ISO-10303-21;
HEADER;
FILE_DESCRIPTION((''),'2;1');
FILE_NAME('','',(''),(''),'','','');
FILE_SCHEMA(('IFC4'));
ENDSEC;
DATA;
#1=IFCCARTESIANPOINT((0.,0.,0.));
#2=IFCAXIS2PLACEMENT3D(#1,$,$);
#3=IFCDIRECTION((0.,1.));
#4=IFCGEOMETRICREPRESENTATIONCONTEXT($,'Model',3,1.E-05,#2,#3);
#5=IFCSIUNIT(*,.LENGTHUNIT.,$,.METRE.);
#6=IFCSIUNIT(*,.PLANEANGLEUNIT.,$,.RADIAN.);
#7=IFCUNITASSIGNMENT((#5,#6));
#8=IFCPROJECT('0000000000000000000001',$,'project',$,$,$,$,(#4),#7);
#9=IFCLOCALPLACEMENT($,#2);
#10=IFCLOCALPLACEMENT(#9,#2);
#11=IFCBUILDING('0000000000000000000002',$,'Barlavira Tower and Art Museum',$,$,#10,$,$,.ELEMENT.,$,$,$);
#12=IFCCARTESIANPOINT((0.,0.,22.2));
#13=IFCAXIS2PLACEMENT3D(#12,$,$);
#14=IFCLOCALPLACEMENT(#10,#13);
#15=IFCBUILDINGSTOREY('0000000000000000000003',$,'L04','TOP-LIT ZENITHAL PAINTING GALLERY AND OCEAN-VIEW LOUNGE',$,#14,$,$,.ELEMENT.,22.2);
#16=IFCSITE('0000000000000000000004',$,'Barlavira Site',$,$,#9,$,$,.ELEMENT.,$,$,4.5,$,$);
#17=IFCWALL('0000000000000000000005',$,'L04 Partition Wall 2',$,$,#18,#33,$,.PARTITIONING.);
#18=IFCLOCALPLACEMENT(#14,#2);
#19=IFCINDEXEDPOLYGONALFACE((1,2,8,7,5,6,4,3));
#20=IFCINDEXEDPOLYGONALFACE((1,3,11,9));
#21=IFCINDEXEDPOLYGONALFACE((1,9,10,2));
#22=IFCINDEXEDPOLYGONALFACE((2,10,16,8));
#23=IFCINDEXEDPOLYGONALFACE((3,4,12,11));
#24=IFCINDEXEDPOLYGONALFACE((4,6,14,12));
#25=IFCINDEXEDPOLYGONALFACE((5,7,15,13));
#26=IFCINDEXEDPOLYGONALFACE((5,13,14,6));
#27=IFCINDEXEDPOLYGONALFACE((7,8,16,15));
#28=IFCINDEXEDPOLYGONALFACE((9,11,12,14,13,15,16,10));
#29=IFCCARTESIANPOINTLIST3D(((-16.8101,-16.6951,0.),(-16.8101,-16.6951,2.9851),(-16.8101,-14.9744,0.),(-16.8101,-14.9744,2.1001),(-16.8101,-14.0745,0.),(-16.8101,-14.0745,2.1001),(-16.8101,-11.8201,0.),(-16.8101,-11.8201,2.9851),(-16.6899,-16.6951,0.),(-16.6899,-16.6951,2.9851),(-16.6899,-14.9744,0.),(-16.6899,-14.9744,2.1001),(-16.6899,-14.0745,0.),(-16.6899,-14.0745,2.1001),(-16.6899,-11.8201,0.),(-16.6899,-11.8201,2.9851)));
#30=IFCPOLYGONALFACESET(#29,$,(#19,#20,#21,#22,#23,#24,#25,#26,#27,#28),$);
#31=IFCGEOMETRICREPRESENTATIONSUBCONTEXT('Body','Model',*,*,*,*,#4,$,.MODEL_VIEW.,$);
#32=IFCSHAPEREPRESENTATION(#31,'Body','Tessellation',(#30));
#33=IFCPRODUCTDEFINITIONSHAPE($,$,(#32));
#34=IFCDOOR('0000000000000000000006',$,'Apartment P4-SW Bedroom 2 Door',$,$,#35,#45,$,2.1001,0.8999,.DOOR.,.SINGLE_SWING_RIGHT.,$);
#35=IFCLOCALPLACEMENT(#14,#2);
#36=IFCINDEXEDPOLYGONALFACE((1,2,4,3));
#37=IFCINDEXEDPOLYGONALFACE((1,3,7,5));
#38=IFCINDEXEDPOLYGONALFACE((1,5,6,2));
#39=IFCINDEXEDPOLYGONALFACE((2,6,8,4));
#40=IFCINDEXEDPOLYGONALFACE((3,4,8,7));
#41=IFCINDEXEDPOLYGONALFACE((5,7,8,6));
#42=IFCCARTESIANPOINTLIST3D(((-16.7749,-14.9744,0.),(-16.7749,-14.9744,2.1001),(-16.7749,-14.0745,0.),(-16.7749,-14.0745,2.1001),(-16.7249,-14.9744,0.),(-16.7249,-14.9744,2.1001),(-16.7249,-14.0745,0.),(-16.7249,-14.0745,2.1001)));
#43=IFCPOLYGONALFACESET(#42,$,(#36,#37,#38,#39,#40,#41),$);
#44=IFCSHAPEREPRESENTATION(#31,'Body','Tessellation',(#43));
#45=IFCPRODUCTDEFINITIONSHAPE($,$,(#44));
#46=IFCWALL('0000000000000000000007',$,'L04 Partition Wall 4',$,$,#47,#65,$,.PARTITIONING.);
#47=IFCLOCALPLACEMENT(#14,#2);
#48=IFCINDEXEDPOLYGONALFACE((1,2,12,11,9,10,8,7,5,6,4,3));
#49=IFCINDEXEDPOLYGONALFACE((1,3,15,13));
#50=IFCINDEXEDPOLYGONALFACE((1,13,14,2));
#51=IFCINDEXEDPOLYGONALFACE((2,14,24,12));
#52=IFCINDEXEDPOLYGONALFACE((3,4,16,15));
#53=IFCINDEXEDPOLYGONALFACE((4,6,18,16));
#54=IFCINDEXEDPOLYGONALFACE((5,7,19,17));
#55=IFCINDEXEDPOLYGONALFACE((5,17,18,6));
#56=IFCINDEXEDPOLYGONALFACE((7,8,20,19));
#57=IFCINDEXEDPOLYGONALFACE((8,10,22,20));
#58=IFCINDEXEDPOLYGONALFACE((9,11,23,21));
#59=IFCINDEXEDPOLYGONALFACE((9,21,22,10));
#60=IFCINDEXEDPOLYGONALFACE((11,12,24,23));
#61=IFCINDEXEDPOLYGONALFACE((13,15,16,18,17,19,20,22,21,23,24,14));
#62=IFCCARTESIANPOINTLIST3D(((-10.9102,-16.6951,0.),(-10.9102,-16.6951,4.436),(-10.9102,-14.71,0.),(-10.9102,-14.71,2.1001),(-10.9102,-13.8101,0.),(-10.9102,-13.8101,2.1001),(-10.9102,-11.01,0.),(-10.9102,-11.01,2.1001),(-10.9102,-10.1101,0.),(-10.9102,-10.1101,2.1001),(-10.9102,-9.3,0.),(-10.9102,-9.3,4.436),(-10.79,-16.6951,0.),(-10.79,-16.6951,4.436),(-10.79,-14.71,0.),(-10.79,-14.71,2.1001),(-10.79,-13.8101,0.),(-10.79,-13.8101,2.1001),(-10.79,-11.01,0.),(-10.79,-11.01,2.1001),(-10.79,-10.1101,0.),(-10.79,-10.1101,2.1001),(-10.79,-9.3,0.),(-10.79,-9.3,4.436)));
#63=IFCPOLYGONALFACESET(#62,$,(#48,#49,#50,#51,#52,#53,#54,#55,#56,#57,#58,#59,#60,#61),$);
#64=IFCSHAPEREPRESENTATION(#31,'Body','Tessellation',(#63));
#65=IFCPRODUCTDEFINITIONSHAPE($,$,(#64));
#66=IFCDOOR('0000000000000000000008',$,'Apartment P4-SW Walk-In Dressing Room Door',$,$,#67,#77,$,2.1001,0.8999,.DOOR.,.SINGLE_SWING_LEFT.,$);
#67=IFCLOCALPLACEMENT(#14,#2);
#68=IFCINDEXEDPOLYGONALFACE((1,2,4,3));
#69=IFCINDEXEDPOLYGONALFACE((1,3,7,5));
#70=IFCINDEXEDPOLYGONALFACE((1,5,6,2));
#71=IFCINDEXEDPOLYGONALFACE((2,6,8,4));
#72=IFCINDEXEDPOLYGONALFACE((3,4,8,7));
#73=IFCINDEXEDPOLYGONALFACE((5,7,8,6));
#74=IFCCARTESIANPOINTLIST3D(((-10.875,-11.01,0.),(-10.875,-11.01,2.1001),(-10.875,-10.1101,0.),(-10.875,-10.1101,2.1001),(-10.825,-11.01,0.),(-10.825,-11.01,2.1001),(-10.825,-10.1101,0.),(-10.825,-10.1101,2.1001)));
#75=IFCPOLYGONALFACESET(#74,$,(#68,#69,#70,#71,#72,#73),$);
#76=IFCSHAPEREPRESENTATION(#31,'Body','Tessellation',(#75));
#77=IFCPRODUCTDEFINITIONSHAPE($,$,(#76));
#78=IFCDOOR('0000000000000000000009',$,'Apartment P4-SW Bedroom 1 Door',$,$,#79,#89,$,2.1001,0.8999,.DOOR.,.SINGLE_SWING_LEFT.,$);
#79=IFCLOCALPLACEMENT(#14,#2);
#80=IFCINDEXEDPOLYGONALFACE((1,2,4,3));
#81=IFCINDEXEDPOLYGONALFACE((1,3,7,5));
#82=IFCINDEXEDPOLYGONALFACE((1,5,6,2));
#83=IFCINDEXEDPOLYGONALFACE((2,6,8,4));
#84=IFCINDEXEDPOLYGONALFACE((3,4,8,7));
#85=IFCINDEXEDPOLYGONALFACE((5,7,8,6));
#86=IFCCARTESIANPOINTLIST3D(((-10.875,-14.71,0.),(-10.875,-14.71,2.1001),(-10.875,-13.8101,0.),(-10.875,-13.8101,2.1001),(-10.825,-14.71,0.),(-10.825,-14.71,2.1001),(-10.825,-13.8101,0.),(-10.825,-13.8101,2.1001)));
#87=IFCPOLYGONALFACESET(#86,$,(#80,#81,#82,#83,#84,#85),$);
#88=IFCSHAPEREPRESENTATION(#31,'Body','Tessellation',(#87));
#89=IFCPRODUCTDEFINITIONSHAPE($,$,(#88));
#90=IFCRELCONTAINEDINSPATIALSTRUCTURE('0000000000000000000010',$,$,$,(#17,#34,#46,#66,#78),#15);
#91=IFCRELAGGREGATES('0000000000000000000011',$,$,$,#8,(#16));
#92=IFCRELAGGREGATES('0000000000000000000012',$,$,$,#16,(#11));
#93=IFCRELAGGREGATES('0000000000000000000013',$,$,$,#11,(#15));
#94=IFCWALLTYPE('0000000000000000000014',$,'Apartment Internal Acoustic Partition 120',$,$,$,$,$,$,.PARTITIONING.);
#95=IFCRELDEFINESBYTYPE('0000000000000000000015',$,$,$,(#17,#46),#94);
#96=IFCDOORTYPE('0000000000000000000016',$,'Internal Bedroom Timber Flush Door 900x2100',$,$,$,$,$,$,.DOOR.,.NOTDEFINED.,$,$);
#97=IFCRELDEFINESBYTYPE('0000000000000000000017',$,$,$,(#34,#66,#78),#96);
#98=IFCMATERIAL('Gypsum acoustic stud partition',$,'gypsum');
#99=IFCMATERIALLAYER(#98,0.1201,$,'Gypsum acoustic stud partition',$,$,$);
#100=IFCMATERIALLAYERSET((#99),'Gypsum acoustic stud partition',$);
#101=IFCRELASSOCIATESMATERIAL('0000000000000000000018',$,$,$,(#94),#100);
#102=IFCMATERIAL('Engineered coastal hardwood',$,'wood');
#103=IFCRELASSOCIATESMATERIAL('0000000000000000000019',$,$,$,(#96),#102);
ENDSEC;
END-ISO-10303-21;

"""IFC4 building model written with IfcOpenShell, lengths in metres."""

from ifc_helpers import new_model, si_unit, direction, frame, frame_2d, origin, place, context, subcontext, project, spatial, rectangle, extrude, material, layer, layer_set, type_object, element, fill, save


model = new_model("IFC4")

# Units and contexts
model_context = context("Model", 3, precision=1e-05, world=origin(), true_north=direction((0.0, 1.0)))
body_context = subcontext(model_context, "Body", "Model", "MODEL_VIEW")
ifc_project = project(units=[si_unit("LENGTHUNIT", "METRE"), si_unit("PLANEANGLEUNIT", "RADIAN")], contexts=[model_context])

# Site, building, storey
site_placement = place(None, origin())
site = spatial("IfcSite", under=ifc_project, at=site_placement, Name="Barlavira Site", CompositionType="ELEMENT", RefElevation=4.5)
building_placement = place(site_placement, origin())
building = spatial("IfcBuilding", under=site, at=building_placement, Name="Barlavira Tower and Art Museum", CompositionType="ELEMENT")
storey_placement = place(building_placement, frame((0.0, 0.0, 22.2)))
storey = spatial("IfcBuildingStorey", under=building, at=storey_placement, Name="L04", Description="TOP-LIT ZENITHAL PAINTING GALLERY AND OCEAN-VIEW LOUNGE", CompositionType="ELEMENT", Elevation=22.2)

# Wall, opening, door
ifc_material_1 = material(Name="Gypsum acoustic stud partition", Category="gypsum")
ifc_layer_1 = layer(ifc_material_1, 0.1201, Name="Gypsum acoustic stud partition")
ifc_layer_set_1 = layer_set([ifc_layer_1], Name="Gypsum acoustic stud partition")
wall_type_1 = type_object("IfcWallType", Name="Apartment Internal Acoustic Partition 120", PredefinedType="PARTITIONING", material=ifc_layer_set_1)
wall_1_placement = place(storey_placement, frame((-16.75, -16.6951, 0.0), z_axis=(0.0, 0.0, 1.0), x_axis=(0.0, 1.0, 0.0)))
wall_1 = element("IfcWall", 1, at=wall_1_placement, inside=storey, type_object=wall_type_1, Name="L04 Partition Wall 2", PredefinedType="PARTITIONING", context=body_context, shape_type="SweptSolid", body=[
    extrude(rectangle(XDim=4.875, YDim=0.1201, at=frame_2d((2.4375, 0.0))), origin(), (0.0, 0.0, 1.0), 2.9851),
])
opening_1_placement = place(wall_1_placement, frame((1.7207, 0.0, 0.0)))
opening_1 = element("IfcOpeningElement", 2, at=opening_1_placement, cuts=wall_1, PredefinedType="OPENING", context=body_context, shape_type="SweptSolid", body=[
    extrude(rectangle(XDim=0.8999, YDim=2.1001, at=frame_2d((0.45, 1.05))), frame((0.0, 0.0701, 0.0), z_axis=(0.0, -1.0, 0.0), x_axis=(1.0, 0.0, 0.0)), (0.0, 0.0, 1.0), 0.1401),
])
ifc_material_2 = material(Name="Engineered coastal hardwood", Category="wood")
door_type_1 = type_object("IfcDoorType", Name="Internal Bedroom Timber Flush Door 900x2100", OperationType="NOTDEFINED", PredefinedType="DOOR", material=ifc_material_2)
door_1_placement = place(opening_1_placement, origin())
door_1 = element("IfcDoor", 3, at=door_1_placement, inside=storey, type_object=door_type_1, Name="Apartment P4-SW Bedroom 2 Door", OperationType="SINGLE_SWING_RIGHT", OverallHeight=2.1001, OverallWidth=0.8999, PredefinedType="DOOR", context=body_context, shape_type="SweptSolid", body=[
    extrude(rectangle(XDim=0.8999, YDim=2.1001, at=frame_2d((0.45, 1.05))), frame((0.0, 0.0249, 0.0), z_axis=(0.0, -1.0, 0.0), x_axis=(1.0, 0.0, 0.0)), (0.0, 0.0, 1.0), 0.05),
])
fill(opening_1, door_1)

# Wall, openings, doors
wall_2_placement = place(storey_placement, frame((-10.8501, -16.6951, 0.0), z_axis=(0.0, 0.0, 1.0), x_axis=(0.0, 1.0, 0.0)))
wall_2 = element("IfcWall", 4, at=wall_2_placement, inside=storey, type_object=wall_type_1, Name="L04 Partition Wall 4", PredefinedType="PARTITIONING", context=body_context, shape_type="SweptSolid", body=[
    extrude(rectangle(XDim=7.395, YDim=0.1201, at=frame_2d((3.6975, 0.0))), origin(), (0.0, 0.0, 1.0), 4.436),
])
opening_2_placement = place(wall_2_placement, frame((5.6851, 0.0, 0.0)))
opening_2 = element("IfcOpeningElement", 5, at=opening_2_placement, cuts=wall_2, PredefinedType="OPENING", context=body_context, shape_type="SweptSolid", body=[
    extrude(rectangle(XDim=0.8999, YDim=2.1001, at=frame_2d((0.45, 1.05))), frame((0.0, 0.0701, 0.0), z_axis=(0.0, -1.0, 0.0), x_axis=(1.0, 0.0, 0.0)), (0.0, 0.0, 1.0), 0.1401),
])
opening_3_placement = place(wall_2_placement, frame((1.9851, 0.0, 0.0)))
opening_3 = element("IfcOpeningElement", 6, at=opening_3_placement, cuts=wall_2, PredefinedType="OPENING", context=body_context, shape_type="SweptSolid", body=[
    extrude(rectangle(XDim=0.8999, YDim=2.1001, at=frame_2d((0.45, 1.05))), frame((0.0, 0.0701, 0.0), z_axis=(0.0, -1.0, 0.0), x_axis=(1.0, 0.0, 0.0)), (0.0, 0.0, 1.0), 0.1401),
])
door_2_placement = place(opening_2_placement, origin())
door_2 = element("IfcDoor", 7, at=door_2_placement, inside=storey, type_object=door_type_1, Name="Apartment P4-SW Walk-In Dressing Room Door", OperationType="SINGLE_SWING_LEFT", OverallHeight=2.1001, OverallWidth=0.8999, PredefinedType="DOOR", context=body_context, shape_type="SweptSolid", body=[
    extrude(rectangle(XDim=0.8999, YDim=2.1001, at=frame_2d((0.45, 1.05))), frame((0.0, 0.0249, 0.0), z_axis=(0.0, -1.0, 0.0), x_axis=(1.0, 0.0, 0.0)), (0.0, 0.0, 1.0), 0.05),
])
fill(opening_2, door_2)
door_3_placement = place(opening_3_placement, origin())
door_3 = element("IfcDoor", 8, at=door_3_placement, inside=storey, type_object=door_type_1, Name="Apartment P4-SW Bedroom 1 Door", OperationType="SINGLE_SWING_LEFT", OverallHeight=2.1001, OverallWidth=0.8999, PredefinedType="DOOR", context=body_context, shape_type="SweptSolid", body=[
    extrude(rectangle(XDim=0.8999, YDim=2.1001, at=frame_2d((0.45, 1.05))), frame((0.0, 0.0249, 0.0), z_axis=(0.0, -1.0, 0.0), x_axis=(1.0, 0.0, 0.0)), (0.0, 0.0, 1.0), 0.05),
])
fill(opening_3, door_3)

save(model, "model.ifc")
